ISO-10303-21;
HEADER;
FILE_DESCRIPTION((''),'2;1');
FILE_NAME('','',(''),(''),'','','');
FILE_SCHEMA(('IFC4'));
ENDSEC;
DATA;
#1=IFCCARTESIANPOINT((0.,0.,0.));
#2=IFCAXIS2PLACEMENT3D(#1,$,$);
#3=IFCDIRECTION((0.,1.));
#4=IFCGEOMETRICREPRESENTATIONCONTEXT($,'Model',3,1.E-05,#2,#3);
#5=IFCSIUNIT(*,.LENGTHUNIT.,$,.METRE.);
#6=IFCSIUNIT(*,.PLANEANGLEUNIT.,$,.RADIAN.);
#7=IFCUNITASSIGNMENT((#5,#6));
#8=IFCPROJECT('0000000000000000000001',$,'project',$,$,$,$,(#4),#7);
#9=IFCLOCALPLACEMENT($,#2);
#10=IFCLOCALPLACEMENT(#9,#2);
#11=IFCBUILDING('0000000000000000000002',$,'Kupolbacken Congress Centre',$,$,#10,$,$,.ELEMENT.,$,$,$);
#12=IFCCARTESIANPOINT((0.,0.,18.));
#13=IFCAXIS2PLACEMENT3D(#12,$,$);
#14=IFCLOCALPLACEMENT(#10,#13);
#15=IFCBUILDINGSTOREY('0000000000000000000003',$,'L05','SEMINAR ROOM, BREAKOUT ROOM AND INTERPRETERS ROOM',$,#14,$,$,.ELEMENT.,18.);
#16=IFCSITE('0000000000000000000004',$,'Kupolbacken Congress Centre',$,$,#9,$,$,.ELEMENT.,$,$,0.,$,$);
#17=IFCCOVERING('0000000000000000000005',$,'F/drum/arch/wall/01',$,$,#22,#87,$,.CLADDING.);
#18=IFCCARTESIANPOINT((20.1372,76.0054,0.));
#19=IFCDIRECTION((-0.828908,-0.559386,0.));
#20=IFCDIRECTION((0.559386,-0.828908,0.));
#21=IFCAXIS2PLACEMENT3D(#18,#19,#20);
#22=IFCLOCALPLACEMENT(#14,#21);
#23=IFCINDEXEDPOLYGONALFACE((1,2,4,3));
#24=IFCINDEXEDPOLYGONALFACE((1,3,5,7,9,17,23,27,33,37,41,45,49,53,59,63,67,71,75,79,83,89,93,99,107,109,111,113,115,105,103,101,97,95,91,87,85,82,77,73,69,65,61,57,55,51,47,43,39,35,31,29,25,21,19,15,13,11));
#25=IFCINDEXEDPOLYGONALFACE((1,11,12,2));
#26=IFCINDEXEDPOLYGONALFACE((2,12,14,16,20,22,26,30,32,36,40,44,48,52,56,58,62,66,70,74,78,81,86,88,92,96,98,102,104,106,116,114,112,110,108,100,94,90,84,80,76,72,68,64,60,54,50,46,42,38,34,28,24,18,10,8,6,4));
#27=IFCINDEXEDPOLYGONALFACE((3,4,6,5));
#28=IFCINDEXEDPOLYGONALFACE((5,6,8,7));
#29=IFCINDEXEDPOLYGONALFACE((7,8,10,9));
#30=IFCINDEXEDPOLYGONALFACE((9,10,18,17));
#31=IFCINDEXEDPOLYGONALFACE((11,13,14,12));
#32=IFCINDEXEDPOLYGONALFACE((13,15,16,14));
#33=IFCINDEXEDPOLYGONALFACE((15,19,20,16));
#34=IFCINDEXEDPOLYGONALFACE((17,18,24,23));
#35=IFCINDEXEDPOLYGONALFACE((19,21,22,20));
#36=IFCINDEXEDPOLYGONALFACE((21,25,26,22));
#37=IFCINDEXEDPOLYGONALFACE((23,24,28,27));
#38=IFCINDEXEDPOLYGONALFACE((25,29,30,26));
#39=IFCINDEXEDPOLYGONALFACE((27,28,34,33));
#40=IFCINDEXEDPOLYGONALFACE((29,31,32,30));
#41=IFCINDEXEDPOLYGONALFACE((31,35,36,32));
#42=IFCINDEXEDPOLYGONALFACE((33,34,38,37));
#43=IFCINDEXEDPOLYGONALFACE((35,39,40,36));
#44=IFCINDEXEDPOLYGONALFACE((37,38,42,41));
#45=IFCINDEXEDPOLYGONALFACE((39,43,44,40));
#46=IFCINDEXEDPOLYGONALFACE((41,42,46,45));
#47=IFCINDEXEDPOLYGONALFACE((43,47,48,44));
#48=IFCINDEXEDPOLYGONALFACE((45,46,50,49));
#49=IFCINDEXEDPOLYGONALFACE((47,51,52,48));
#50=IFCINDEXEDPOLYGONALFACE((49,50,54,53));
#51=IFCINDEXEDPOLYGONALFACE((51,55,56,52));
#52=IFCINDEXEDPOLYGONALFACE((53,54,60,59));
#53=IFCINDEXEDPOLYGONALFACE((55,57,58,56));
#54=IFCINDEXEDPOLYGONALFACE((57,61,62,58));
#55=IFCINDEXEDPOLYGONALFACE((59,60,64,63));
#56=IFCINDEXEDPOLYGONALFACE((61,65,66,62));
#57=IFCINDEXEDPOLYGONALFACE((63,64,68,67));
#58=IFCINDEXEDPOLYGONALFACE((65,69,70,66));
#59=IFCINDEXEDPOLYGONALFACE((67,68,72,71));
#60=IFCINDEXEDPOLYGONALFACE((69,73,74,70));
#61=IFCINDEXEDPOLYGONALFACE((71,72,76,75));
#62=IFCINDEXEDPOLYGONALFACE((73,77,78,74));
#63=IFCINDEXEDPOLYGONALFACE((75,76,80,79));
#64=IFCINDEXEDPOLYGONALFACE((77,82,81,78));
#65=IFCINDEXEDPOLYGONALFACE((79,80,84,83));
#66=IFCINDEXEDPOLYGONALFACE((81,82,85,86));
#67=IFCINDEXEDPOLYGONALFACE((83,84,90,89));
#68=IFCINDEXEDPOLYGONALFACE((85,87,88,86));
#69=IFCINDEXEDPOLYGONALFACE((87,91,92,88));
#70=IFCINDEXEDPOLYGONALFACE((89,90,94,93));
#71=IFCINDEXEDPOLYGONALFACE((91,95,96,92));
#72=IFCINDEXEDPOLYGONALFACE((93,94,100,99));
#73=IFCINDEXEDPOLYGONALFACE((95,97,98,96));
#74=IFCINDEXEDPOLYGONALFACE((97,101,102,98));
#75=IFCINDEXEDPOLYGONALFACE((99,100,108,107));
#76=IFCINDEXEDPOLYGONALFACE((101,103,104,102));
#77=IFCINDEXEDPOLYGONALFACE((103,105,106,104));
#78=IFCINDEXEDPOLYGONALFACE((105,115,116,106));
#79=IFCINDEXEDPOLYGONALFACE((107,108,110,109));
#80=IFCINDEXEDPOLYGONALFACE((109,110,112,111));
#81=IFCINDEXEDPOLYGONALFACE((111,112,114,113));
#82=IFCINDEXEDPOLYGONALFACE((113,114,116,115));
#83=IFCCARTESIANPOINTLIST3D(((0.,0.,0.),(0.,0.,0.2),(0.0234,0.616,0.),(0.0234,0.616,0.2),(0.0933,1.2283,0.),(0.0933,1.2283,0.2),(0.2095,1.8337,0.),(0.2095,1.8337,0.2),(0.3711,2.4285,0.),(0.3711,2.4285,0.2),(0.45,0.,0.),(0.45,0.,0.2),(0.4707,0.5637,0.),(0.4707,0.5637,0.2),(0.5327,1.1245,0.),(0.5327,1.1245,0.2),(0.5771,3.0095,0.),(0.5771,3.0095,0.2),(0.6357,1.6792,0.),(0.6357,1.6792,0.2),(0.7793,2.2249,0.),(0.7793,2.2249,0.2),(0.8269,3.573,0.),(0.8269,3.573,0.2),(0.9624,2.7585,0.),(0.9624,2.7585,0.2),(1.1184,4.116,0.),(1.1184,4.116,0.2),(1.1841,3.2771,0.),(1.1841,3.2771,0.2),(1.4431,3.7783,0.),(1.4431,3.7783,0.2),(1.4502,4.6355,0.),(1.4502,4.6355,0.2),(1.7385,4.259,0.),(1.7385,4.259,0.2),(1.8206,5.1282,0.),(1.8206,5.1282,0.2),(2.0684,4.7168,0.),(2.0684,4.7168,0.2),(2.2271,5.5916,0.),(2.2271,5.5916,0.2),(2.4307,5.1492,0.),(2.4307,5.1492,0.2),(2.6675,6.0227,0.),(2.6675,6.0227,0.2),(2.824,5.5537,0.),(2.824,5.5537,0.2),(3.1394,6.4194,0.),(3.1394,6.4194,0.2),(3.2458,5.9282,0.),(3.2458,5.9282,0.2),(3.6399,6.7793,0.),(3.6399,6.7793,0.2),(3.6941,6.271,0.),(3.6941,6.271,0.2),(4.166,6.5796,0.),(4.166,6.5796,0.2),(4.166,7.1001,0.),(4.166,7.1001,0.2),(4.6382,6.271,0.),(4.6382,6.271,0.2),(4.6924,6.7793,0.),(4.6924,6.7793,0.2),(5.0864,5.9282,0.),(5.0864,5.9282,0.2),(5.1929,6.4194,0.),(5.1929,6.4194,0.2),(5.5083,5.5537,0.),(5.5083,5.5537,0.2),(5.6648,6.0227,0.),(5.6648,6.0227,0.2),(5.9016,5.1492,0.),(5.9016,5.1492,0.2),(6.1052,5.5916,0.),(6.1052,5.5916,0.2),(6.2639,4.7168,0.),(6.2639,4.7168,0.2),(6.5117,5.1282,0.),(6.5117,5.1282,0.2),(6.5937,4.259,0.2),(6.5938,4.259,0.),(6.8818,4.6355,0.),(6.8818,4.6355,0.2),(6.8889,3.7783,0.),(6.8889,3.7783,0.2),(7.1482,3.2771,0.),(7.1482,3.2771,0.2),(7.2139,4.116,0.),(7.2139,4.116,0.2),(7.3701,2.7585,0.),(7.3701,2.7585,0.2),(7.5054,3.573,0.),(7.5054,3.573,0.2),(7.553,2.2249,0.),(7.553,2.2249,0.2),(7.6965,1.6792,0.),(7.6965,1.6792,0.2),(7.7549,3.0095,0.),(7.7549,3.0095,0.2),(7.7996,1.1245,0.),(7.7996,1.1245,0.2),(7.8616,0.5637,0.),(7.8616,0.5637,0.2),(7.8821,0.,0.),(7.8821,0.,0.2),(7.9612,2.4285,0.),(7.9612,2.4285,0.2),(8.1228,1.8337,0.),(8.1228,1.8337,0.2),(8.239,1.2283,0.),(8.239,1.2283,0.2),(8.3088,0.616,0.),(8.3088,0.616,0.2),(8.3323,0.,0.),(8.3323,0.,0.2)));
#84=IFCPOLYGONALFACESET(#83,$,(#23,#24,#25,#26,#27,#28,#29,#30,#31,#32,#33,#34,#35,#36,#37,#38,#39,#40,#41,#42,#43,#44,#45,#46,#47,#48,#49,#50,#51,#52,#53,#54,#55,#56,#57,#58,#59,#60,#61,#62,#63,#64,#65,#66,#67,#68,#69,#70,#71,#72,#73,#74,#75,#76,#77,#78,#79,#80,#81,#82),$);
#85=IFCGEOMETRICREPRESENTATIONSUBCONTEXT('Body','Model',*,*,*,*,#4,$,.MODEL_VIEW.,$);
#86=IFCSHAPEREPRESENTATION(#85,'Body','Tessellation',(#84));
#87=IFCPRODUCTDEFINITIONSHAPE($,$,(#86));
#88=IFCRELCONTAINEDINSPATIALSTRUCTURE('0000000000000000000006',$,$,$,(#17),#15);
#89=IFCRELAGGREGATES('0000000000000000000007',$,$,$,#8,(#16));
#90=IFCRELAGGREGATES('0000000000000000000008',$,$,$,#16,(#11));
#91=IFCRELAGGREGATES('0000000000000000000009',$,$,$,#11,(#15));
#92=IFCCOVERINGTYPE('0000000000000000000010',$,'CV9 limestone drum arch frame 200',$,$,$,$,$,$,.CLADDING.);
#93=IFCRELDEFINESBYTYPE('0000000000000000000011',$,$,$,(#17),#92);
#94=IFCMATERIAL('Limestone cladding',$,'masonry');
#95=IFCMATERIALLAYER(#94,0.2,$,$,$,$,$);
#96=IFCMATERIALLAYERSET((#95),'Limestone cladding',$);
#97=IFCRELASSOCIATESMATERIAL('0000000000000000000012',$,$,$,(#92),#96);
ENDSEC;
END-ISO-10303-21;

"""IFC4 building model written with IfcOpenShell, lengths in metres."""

from ifc_helpers import new_model, si_unit, direction, frame, origin, place, context, subcontext, project, spatial, polyline, outline, extrude, material, layer, layer_set, type_object, element, save


model = new_model("IFC4")

# Units and contexts
model_context = context("Model", 3, precision=1e-05, world=origin(), true_north=direction((0.0, 1.0)))
body_context = subcontext(model_context, "Body", "Model", "MODEL_VIEW")
ifc_project = project(units=[si_unit("LENGTHUNIT", "METRE"), si_unit("PLANEANGLEUNIT", "RADIAN")], contexts=[model_context])

# Site, building, storey
site_placement = place(None, origin())
site = spatial("IfcSite", under=ifc_project, at=site_placement, Name="Kupolbacken Congress Centre", CompositionType="ELEMENT", RefElevation=0.0)
building_placement = place(site_placement, origin())
building = spatial("IfcBuilding", under=site, at=building_placement, Name="Kupolbacken Congress Centre", CompositionType="ELEMENT")
storey_placement = place(building_placement, frame((0.0, 0.0, 18.0)))
storey = spatial("IfcBuildingStorey", under=building, at=storey_placement, Name="L05", Description="SEMINAR ROOM, BREAKOUT ROOM AND INTERPRETERS ROOM", CompositionType="ELEMENT", Elevation=18.0)

# Covering
ifc_material_1 = material(Name="Limestone cladding", Category="masonry")
ifc_layer_1 = layer(ifc_material_1, 0.2)
ifc_layer_set_1 = layer_set([ifc_layer_1], Name="Limestone cladding")
covering_type = type_object("IfcCoveringType", Name="CV9 limestone drum arch frame 200", PredefinedType="CLADDING", material=ifc_layer_set_1)
covering_1_placement = place(storey_placement, frame((20.1372, 76.0054, 0.0), z_axis=(-0.828908, -0.559386, 0.0), x_axis=(0.559386, -0.828908, 0.0)))
element("IfcCovering", 1, at=covering_1_placement, inside=storey, type_object=covering_type, Name="F/drum/arch/wall/01", PredefinedType="CLADDING", context=body_context, shape_type="SweptSolid", body=[
    extrude(outline(polyline([(0.0, 0.0), (0.0234, 0.616), (0.0933, 1.2283), (0.2095, 1.8337), (0.3711, 2.4285), (0.5771, 3.0095), (0.8269, 3.573), (1.1184, 4.116), (1.4502, 4.6355), (1.8206, 5.1282), (2.2271, 5.5916), (2.6675, 6.0227), (3.1394, 6.4194), (3.6399, 6.7793), (4.166, 7.1001), (4.6924, 6.7793), (5.1929, 6.4194), (5.6648, 6.0227), (6.1052, 5.5916), (6.5117, 5.1282), (6.8818, 4.6355), (7.2139, 4.116), (7.5054, 3.573), (7.7549, 3.0095), (7.9612, 2.4285), (8.1228, 1.8337), (8.239, 1.2283), (8.3088, 0.616), (8.3323, 0.0), (7.8821, 0.0), (7.8616, 0.5637), (7.7996, 1.1245), (7.6965, 1.6792), (7.553, 2.2249), (7.3701, 2.7585), (7.1482, 3.2771), (6.8889, 3.7783), (6.5938, 4.259), (6.2639, 4.7168), (5.9016, 5.1492), (5.5083, 5.5537), (5.0864, 5.9282), (4.6382, 6.271), (4.166, 6.5796), (3.6941, 6.271), (3.2458, 5.9282), (2.824, 5.5537), (2.4307, 5.1492), (2.0684, 4.7168), (1.7385, 4.259), (1.4431, 3.7783), (1.1841, 3.2771), (0.9624, 2.7585), (0.7793, 2.2249), (0.6357, 1.6792), (0.5327, 1.1245), (0.4707, 0.5637), (0.45, 0.0), (0.0, 0.0)])), origin(), (0.0, 0.0, 1.0), 0.2),
])

save(model, "model.ifc")
